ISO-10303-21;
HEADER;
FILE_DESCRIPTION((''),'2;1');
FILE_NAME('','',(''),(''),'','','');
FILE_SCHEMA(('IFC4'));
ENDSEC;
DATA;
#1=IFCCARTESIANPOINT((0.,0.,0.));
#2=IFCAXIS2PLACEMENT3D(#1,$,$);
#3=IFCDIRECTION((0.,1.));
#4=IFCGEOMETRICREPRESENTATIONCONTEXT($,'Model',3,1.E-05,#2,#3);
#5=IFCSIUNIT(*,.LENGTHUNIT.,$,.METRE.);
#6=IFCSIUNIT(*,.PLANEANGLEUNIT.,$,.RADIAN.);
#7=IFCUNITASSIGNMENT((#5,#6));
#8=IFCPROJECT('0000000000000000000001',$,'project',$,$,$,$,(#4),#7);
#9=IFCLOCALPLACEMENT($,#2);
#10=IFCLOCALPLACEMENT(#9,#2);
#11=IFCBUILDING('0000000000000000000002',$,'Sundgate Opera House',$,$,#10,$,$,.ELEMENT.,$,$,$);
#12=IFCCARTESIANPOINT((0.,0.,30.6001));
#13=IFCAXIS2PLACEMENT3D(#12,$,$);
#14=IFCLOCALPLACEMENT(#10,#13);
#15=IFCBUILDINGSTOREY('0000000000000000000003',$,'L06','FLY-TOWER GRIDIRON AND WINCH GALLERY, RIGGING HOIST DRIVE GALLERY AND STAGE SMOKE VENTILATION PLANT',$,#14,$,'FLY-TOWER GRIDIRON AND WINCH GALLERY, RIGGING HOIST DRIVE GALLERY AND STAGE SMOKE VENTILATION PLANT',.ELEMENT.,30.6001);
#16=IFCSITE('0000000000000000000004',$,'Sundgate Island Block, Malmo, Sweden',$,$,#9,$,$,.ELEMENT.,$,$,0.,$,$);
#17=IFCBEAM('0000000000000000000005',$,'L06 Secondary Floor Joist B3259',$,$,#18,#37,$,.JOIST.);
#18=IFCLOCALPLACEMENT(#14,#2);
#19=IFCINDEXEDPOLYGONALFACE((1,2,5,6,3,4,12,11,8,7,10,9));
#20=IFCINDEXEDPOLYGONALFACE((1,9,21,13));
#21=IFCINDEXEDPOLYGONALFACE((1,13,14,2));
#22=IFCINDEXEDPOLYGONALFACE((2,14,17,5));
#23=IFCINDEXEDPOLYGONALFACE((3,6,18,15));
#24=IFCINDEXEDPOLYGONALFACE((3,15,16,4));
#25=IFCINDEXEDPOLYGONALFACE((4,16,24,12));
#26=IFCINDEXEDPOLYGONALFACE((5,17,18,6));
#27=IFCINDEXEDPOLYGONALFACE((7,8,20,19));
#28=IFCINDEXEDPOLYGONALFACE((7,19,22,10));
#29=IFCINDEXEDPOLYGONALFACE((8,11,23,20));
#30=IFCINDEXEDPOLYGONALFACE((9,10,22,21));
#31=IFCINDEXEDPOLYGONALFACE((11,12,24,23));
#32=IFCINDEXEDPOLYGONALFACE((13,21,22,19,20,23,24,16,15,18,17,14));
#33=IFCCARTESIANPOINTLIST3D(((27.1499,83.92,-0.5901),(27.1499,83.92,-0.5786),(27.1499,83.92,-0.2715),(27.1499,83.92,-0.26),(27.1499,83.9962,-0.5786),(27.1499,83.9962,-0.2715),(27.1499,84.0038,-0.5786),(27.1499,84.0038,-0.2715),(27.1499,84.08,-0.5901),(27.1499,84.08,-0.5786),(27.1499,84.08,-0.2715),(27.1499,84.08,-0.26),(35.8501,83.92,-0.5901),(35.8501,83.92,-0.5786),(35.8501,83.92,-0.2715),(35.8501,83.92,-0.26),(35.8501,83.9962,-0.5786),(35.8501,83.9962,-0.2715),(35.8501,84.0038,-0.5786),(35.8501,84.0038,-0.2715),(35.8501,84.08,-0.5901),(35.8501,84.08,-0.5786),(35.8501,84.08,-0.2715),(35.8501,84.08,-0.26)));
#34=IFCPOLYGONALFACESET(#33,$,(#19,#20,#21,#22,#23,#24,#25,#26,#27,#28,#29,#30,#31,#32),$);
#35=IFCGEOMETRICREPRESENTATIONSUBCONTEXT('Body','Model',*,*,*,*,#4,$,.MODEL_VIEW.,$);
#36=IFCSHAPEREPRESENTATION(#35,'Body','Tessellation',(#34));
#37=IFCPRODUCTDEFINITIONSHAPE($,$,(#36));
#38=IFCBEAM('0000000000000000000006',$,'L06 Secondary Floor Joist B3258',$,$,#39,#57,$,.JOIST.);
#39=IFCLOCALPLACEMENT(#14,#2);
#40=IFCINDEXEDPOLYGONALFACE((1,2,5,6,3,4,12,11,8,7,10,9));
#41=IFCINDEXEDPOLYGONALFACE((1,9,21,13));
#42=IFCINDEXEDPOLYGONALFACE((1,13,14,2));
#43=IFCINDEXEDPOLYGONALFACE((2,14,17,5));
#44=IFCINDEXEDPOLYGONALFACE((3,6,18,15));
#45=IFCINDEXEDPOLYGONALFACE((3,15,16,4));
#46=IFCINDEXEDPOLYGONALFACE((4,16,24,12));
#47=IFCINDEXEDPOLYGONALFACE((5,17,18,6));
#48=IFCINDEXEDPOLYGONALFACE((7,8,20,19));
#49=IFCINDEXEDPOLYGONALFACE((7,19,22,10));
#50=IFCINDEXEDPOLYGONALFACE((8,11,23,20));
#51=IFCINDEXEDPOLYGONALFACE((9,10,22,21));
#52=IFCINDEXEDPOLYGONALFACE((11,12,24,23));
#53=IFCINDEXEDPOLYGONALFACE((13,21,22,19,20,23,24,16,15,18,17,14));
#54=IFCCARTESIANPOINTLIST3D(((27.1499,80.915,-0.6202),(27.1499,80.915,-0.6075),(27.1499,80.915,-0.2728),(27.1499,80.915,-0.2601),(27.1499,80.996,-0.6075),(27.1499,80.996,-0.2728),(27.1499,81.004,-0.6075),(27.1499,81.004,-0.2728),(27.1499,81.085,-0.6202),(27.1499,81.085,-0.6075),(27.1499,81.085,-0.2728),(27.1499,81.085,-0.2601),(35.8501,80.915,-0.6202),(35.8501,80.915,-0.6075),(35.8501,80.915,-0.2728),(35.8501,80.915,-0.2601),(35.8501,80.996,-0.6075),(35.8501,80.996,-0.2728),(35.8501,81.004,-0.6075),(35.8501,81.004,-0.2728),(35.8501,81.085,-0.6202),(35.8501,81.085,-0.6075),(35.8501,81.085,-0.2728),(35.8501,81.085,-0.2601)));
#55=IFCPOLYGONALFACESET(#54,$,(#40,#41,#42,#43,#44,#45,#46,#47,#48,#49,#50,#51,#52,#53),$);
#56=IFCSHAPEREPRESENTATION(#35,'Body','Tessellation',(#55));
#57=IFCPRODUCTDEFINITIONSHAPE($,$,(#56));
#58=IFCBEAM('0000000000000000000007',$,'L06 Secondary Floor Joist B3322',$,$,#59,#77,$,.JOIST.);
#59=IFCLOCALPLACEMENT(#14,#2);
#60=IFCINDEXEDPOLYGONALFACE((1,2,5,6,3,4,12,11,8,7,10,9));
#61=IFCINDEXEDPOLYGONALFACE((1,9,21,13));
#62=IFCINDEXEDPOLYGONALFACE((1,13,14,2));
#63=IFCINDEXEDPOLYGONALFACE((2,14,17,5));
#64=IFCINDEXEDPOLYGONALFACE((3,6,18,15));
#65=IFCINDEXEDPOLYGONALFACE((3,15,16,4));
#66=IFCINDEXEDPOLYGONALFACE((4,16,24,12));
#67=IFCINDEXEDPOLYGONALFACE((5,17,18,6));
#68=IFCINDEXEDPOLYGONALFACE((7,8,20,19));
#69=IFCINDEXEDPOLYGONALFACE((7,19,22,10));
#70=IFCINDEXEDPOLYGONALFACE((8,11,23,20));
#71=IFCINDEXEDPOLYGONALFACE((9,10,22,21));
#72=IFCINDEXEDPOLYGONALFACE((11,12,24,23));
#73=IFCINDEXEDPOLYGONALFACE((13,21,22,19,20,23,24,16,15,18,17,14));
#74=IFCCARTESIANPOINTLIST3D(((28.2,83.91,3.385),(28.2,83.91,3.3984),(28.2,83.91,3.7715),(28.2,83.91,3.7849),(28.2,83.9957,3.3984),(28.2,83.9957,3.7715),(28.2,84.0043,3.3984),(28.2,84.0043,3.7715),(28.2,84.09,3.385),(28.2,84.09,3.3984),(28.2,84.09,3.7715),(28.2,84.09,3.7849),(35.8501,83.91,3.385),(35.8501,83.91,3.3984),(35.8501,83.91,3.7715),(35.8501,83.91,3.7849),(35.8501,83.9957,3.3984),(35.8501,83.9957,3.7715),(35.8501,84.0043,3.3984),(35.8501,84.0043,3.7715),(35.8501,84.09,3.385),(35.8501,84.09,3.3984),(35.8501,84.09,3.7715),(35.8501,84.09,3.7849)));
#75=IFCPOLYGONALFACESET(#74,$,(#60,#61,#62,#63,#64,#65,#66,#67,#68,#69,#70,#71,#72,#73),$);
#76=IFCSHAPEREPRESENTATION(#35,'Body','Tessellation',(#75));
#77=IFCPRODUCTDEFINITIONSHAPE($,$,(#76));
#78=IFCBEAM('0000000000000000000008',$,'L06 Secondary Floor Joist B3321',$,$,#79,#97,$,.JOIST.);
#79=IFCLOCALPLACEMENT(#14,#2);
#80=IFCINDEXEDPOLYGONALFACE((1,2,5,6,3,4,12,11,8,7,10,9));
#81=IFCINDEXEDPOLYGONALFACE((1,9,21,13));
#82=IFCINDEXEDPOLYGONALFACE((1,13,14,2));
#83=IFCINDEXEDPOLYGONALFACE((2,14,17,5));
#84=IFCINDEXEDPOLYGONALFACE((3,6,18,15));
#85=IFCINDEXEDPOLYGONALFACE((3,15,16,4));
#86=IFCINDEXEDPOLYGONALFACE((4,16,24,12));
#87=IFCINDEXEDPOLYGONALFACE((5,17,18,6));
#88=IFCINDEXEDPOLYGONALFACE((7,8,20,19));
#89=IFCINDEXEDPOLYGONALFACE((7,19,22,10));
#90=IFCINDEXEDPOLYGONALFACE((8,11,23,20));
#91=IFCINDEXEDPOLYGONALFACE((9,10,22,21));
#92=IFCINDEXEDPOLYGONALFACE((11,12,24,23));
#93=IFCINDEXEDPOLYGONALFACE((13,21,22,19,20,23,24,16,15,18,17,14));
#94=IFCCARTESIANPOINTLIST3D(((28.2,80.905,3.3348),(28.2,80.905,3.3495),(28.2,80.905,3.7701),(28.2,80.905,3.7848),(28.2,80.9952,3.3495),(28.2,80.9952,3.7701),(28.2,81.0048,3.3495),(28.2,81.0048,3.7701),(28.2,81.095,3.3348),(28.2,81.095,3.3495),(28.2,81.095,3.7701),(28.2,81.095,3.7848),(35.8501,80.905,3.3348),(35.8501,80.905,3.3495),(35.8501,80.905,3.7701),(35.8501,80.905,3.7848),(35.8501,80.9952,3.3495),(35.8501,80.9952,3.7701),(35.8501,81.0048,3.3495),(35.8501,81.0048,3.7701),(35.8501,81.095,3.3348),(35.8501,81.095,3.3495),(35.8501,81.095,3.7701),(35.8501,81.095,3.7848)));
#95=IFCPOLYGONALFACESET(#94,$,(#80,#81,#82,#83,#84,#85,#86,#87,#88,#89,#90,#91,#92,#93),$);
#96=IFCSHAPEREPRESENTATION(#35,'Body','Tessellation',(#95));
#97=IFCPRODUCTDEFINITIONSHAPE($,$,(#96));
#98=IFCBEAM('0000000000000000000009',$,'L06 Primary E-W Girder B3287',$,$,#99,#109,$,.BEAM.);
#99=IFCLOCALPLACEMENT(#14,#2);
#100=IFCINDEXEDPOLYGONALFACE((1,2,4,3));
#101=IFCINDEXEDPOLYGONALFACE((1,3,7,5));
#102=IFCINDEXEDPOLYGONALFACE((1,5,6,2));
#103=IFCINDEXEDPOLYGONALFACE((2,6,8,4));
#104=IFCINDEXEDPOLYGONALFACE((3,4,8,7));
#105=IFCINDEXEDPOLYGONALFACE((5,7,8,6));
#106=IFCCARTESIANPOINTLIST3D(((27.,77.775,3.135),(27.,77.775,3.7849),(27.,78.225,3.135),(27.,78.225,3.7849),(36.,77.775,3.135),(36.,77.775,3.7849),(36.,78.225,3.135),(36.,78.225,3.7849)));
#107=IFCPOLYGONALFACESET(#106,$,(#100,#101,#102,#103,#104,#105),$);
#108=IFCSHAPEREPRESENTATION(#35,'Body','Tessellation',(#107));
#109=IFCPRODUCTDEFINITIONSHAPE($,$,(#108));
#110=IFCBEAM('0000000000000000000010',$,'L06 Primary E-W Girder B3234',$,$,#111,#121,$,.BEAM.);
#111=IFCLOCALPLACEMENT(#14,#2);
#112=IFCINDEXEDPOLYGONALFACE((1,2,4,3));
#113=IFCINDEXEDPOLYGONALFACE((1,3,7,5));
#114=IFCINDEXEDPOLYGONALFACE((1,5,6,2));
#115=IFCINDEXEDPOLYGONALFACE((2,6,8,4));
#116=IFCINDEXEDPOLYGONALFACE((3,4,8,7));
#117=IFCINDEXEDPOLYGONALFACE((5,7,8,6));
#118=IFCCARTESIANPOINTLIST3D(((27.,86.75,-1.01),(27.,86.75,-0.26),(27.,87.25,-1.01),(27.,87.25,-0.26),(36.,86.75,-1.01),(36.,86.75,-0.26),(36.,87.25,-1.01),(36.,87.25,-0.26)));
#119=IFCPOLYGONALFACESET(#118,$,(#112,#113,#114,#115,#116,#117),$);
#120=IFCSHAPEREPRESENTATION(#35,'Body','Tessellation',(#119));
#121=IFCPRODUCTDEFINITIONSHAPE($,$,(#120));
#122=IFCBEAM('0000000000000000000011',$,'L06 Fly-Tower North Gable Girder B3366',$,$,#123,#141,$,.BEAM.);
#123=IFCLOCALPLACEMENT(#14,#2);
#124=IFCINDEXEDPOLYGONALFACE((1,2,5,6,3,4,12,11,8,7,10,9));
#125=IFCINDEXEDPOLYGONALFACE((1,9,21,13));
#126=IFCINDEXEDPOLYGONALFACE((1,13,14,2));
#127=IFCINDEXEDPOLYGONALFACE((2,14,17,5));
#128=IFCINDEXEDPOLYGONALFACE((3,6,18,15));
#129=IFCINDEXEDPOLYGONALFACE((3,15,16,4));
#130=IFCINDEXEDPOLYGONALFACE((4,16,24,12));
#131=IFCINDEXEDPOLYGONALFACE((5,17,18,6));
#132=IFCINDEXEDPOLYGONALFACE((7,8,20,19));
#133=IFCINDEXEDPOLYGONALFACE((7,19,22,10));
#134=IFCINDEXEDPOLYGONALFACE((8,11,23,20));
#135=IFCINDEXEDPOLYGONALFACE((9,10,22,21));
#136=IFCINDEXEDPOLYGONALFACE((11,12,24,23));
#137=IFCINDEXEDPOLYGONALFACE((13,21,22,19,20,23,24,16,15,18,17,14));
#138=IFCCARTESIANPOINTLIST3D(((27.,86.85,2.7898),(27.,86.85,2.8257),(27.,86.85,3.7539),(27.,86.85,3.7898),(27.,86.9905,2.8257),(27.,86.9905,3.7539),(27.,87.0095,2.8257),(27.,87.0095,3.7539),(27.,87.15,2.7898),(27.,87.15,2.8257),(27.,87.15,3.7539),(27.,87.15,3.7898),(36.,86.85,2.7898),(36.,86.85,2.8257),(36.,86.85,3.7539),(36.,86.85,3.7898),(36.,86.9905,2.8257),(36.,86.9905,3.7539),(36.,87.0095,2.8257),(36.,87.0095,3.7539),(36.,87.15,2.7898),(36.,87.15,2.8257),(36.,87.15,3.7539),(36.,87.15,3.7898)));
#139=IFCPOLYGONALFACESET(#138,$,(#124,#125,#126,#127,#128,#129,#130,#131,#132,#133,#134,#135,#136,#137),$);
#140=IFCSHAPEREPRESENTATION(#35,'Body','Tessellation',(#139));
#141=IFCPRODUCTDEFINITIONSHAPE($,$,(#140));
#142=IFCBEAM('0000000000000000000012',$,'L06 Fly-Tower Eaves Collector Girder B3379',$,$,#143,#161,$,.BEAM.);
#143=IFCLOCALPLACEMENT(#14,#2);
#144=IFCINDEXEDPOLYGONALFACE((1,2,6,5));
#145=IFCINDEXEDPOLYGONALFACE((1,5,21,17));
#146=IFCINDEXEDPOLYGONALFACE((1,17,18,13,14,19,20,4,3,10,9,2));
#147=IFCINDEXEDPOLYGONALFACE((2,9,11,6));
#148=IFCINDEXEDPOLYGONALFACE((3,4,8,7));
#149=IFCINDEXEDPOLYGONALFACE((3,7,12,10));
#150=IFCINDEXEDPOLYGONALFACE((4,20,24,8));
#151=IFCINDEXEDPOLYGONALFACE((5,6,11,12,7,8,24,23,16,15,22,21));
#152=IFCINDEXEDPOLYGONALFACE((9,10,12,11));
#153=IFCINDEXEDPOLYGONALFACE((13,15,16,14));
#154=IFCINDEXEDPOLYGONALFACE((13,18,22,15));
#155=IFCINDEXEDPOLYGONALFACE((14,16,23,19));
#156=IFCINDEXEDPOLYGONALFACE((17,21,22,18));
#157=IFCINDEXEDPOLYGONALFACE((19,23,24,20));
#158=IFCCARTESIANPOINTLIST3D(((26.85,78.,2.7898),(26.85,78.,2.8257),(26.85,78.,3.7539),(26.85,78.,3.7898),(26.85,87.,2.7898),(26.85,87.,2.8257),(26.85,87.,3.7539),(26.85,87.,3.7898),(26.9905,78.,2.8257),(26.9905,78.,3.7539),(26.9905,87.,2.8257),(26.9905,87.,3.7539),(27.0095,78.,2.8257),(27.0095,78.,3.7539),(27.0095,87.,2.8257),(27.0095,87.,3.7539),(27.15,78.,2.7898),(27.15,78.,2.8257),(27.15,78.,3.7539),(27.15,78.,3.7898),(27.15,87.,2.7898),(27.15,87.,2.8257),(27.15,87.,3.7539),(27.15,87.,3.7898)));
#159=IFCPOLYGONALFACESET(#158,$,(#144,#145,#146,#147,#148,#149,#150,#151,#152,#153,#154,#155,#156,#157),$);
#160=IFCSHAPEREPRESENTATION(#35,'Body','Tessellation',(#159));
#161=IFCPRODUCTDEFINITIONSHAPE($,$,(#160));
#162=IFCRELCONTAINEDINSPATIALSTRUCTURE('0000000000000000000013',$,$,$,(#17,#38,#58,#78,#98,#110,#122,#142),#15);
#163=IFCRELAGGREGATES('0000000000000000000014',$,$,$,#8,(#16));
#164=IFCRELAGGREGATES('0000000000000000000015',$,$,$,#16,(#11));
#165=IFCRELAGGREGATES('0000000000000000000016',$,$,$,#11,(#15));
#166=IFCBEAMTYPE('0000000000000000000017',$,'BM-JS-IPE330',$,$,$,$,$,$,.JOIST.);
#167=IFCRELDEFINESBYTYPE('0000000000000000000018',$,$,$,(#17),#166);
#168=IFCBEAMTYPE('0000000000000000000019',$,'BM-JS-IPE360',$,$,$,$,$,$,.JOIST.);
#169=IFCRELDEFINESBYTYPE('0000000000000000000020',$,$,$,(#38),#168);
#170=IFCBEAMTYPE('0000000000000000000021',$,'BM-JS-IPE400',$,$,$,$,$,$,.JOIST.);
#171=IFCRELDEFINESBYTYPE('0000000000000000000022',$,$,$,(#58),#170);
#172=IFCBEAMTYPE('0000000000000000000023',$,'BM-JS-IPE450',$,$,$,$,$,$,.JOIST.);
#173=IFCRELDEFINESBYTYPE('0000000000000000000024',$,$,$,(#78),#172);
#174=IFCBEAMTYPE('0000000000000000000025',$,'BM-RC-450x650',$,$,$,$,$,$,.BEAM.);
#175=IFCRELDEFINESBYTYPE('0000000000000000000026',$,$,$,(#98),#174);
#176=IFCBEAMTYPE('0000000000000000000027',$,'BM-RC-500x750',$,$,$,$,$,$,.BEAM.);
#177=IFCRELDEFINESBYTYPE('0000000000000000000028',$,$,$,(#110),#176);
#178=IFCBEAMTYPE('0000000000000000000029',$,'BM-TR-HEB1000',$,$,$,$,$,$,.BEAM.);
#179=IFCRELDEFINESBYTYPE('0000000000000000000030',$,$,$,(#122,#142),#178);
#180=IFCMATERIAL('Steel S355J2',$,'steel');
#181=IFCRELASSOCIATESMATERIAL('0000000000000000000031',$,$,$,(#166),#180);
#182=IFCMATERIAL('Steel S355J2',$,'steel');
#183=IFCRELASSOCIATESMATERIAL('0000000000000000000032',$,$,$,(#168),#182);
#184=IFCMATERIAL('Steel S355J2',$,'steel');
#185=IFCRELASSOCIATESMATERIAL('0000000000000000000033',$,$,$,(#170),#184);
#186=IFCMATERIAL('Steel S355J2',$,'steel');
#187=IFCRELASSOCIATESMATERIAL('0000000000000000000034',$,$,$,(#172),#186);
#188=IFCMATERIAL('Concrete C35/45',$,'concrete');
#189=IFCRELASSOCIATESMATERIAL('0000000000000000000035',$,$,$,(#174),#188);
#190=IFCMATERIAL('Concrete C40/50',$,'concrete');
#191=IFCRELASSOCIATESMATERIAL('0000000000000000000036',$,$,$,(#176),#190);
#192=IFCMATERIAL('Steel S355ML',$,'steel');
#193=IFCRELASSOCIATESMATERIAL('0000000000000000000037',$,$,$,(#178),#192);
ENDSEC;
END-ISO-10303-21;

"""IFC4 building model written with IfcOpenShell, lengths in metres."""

from ifc_helpers import new_model, si_unit, direction, frame, origin, origin_2d, place, context, subcontext, project, spatial, rectangle, i_section, extrude, material, material_profile, profile_set, type_object, element, save


model = new_model("IFC4")

# Units and contexts
model_context = context("Model", 3, precision=1e-05, world=origin(), true_north=direction((0.0, 1.0)))
body_context = subcontext(model_context, "Body", "Model", "MODEL_VIEW")
ifc_project = project(units=[si_unit("LENGTHUNIT", "METRE"), si_unit("PLANEANGLEUNIT", "RADIAN")], contexts=[model_context])

# Site, building, storey
site_placement = place(None, origin())
site = spatial("IfcSite", under=ifc_project, at=site_placement, Name="Sundgate Island Block, Malmo, Sweden", CompositionType="ELEMENT", RefElevation=0.0)
building_placement = place(site_placement, origin())
building = spatial("IfcBuilding", under=site, at=building_placement, Name="Sundgate Opera House", CompositionType="ELEMENT")
storey_placement = place(building_placement, frame((0.0, 0.0, 30.6001)))
storey = spatial("IfcBuildingStorey", under=building, at=storey_placement, Name="L06", Description="FLY-TOWER GRIDIRON AND WINCH GALLERY, RIGGING HOIST DRIVE GALLERY AND STAGE SMOKE VENTILATION PLANT", LongName="FLY-TOWER GRIDIRON AND WINCH GALLERY, RIGGING HOIST DRIVE GALLERY AND STAGE SMOKE VENTILATION PLANT", CompositionType="ELEMENT", Elevation=30.6001)

# Beams
ifc_material_1 = material(Name="Steel S355J2", Category="steel")
ifc_material_profile_1 = material_profile(ifc_material_1, i_section(OverallWidth=0.1599, OverallDepth=0.3301, WebThickness=0.0076, FlangeThickness=0.0115, at=origin_2d()), Name="IPE 330")
ifc_profile_set_1 = profile_set([ifc_material_profile_1], Name="Steel S355J2")
beam_type_1 = type_object("IfcBeamType", Name="BM-JS-IPE330", PredefinedType="JOIST", material=ifc_profile_set_1)
beam_1_placement = place(storey_placement, frame((27.1499, 84.0, -0.425), z_axis=(1.0, 0.0, 0.0), x_axis=(0.0, 1.0, 0.0)))
element("IfcBeam", 1, at=beam_1_placement, inside=storey, type_object=beam_type_1, Name="L06 Secondary Floor Joist B3259", PredefinedType="JOIST", context=body_context, shape_type="SweptSolid", body=[
    extrude(i_section(OverallWidth=0.1599, OverallDepth=0.3301, WebThickness=0.0076, FlangeThickness=0.0115, at=origin_2d()), origin(), (0.0, 0.0, 1.0), 8.7002),
])
ifc_material_2 = material(Name="Steel S355J2", Category="steel")
ifc_material_profile_2 = material_profile(ifc_material_2, i_section(OverallWidth=0.1699, OverallDepth=0.3601, WebThickness=0.0081, FlangeThickness=0.0127, at=origin_2d()), Name="IPE 360")
ifc_profile_set_2 = profile_set([ifc_material_profile_2], Name="Steel S355J2")
beam_type_2 = type_object("IfcBeamType", Name="BM-JS-IPE360", PredefinedType="JOIST", material=ifc_profile_set_2)
beam_2_placement = place(storey_placement, frame((27.1499, 81.0, -0.4402), z_axis=(1.0, 0.0, 0.0), x_axis=(0.0, 1.0, 0.0)))
element("IfcBeam", 2, at=beam_2_placement, inside=storey, type_object=beam_type_2, Name="L06 Secondary Floor Joist B3258", PredefinedType="JOIST", context=body_context, shape_type="SweptSolid", body=[
    extrude(i_section(OverallWidth=0.1699, OverallDepth=0.3601, WebThickness=0.0081, FlangeThickness=0.0127, at=origin_2d()), origin(), (0.0, 0.0, 1.0), 8.7002),
])
ifc_material_3 = material(Name="Steel S355J2", Category="steel")
ifc_material_profile_3 = material_profile(ifc_material_3, i_section(OverallWidth=0.1799, OverallDepth=0.3999, WebThickness=0.0085, FlangeThickness=0.0134, at=origin_2d()), Name="IPE 400")
ifc_profile_set_3 = profile_set([ifc_material_profile_3], Name="Steel S355J2")
beam_type_3 = type_object("IfcBeamType", Name="BM-JS-IPE400", PredefinedType="JOIST", material=ifc_profile_set_3)
beam_3_placement = place(storey_placement, frame((28.2, 84.0, 3.585), z_axis=(1.0, 0.0, 0.0), x_axis=(0.0, 1.0, 0.0)))
element("IfcBeam", 3, at=beam_3_placement, inside=storey, type_object=beam_type_3, Name="L06 Secondary Floor Joist B3322", PredefinedType="JOIST", context=body_context, shape_type="SweptSolid", body=[
    extrude(i_section(OverallWidth=0.1799, OverallDepth=0.3999, WebThickness=0.0085, FlangeThickness=0.0134, at=origin_2d()), origin(), (0.0, 0.0, 1.0), 7.6501),
])
ifc_material_4 = material(Name="Steel S355J2", Category="steel")
ifc_material_profile_4 = material_profile(ifc_material_4, i_section(OverallWidth=0.1899, OverallDepth=0.45, WebThickness=0.0095, FlangeThickness=0.0146, at=origin_2d()), Name="IPE 450")
ifc_profile_set_4 = profile_set([ifc_material_profile_4], Name="Steel S355J2")
beam_type_4 = type_object("IfcBeamType", Name="BM-JS-IPE450", PredefinedType="JOIST", material=ifc_profile_set_4)
beam_4_placement = place(storey_placement, frame((28.2, 81.0, 3.5598), z_axis=(1.0, 0.0, 0.0), x_axis=(0.0, 1.0, 0.0)))
element("IfcBeam", 4, at=beam_4_placement, inside=storey, type_object=beam_type_4, Name="L06 Secondary Floor Joist B3321", PredefinedType="JOIST", context=body_context, shape_type="SweptSolid", body=[
    extrude(i_section(OverallWidth=0.1899, OverallDepth=0.45, WebThickness=0.0095, FlangeThickness=0.0146, at=origin_2d()), origin(), (0.0, 0.0, 1.0), 7.6501),
])
ifc_material_5 = material(Name="Concrete C35/45", Category="concrete")
ifc_material_profile_5 = material_profile(ifc_material_5, rectangle(XDim=0.45, YDim=0.6499, at=origin_2d()), Name="RC 450x650")
ifc_profile_set_5 = profile_set([ifc_material_profile_5], Name="Concrete C35/45")
beam_type_5 = type_object("IfcBeamType", Name="BM-RC-450x650", PredefinedType="BEAM", material=ifc_profile_set_5)
beam_5_placement = place(storey_placement, frame((27.0, 78.0, 3.46), z_axis=(1.0, 0.0, 0.0), x_axis=(0.0, 1.0, 0.0)))
element("IfcBeam", 5, at=beam_5_placement, inside=storey, type_object=beam_type_5, Name="L06 Primary E-W Girder B3287", PredefinedType="BEAM", context=body_context, shape_type="SweptSolid", body=[
    extrude(rectangle(XDim=0.45, YDim=0.6499, at=origin_2d()), origin(), (0.0, 0.0, 1.0), 9.0),
])
ifc_material_6 = material(Name="Concrete C40/50", Category="concrete")
ifc_material_profile_6 = material_profile(ifc_material_6, rectangle(XDim=0.5, YDim=0.75, at=origin_2d()), Name="RC 500x750")
ifc_profile_set_6 = profile_set([ifc_material_profile_6], Name="Concrete C40/50")
beam_type_6 = type_object("IfcBeamType", Name="BM-RC-500x750", PredefinedType="BEAM", material=ifc_profile_set_6)
beam_6_placement = place(storey_placement, frame((27.0, 87.0, -0.635), z_axis=(1.0, 0.0, 0.0), x_axis=(0.0, 1.0, 0.0)))
element("IfcBeam", 6, at=beam_6_placement, inside=storey, type_object=beam_type_6, Name="L06 Primary E-W Girder B3234", PredefinedType="BEAM", context=body_context, shape_type="SweptSolid", body=[
    extrude(rectangle(XDim=0.5, YDim=0.75, at=origin_2d()), origin(), (0.0, 0.0, 1.0), 9.0),
])
ifc_material_7 = material(Name="Steel S355ML", Category="steel")
ifc_material_profile_7 = material_profile(ifc_material_7, i_section(OverallWidth=0.3, OverallDepth=1.0, WebThickness=0.019, FlangeThickness=0.0359, at=origin_2d()), Name="HEB 1000")
ifc_profile_set_7 = profile_set([ifc_material_profile_7], Name="Steel S355ML")
beam_type_7 = type_object("IfcBeamType", Name="BM-TR-HEB1000", PredefinedType="BEAM", material=ifc_profile_set_7)
for number, where, z_axis, x_axis, name in (
    (7, (27.0, 87.0, 3.2898), (1.0, 0.0, 0.0), (0.0, 1.0, 0.0), "L06 Fly-Tower North Gable Girder B3366"),
    (8, (27.0, 78.0, 3.2898), (0.0, 1.0, 0.0), (-1.0, 0.0, 0.0), "L06 Fly-Tower Eaves Collector Girder B3379"),
):
    element("IfcBeam", number, at=place(storey_placement, frame(where, z_axis=z_axis, x_axis=x_axis)), inside=storey, type_object=beam_type_7, Name=name, PredefinedType="BEAM", context=body_context, shape_type="SweptSolid", body=[
        extrude(i_section(OverallWidth=0.3, OverallDepth=1.0, WebThickness=0.019, FlangeThickness=0.0359, at=origin_2d()), origin(), (0.0, 0.0, 1.0), 9.0),
    ])

save(model, "model.ifc")
